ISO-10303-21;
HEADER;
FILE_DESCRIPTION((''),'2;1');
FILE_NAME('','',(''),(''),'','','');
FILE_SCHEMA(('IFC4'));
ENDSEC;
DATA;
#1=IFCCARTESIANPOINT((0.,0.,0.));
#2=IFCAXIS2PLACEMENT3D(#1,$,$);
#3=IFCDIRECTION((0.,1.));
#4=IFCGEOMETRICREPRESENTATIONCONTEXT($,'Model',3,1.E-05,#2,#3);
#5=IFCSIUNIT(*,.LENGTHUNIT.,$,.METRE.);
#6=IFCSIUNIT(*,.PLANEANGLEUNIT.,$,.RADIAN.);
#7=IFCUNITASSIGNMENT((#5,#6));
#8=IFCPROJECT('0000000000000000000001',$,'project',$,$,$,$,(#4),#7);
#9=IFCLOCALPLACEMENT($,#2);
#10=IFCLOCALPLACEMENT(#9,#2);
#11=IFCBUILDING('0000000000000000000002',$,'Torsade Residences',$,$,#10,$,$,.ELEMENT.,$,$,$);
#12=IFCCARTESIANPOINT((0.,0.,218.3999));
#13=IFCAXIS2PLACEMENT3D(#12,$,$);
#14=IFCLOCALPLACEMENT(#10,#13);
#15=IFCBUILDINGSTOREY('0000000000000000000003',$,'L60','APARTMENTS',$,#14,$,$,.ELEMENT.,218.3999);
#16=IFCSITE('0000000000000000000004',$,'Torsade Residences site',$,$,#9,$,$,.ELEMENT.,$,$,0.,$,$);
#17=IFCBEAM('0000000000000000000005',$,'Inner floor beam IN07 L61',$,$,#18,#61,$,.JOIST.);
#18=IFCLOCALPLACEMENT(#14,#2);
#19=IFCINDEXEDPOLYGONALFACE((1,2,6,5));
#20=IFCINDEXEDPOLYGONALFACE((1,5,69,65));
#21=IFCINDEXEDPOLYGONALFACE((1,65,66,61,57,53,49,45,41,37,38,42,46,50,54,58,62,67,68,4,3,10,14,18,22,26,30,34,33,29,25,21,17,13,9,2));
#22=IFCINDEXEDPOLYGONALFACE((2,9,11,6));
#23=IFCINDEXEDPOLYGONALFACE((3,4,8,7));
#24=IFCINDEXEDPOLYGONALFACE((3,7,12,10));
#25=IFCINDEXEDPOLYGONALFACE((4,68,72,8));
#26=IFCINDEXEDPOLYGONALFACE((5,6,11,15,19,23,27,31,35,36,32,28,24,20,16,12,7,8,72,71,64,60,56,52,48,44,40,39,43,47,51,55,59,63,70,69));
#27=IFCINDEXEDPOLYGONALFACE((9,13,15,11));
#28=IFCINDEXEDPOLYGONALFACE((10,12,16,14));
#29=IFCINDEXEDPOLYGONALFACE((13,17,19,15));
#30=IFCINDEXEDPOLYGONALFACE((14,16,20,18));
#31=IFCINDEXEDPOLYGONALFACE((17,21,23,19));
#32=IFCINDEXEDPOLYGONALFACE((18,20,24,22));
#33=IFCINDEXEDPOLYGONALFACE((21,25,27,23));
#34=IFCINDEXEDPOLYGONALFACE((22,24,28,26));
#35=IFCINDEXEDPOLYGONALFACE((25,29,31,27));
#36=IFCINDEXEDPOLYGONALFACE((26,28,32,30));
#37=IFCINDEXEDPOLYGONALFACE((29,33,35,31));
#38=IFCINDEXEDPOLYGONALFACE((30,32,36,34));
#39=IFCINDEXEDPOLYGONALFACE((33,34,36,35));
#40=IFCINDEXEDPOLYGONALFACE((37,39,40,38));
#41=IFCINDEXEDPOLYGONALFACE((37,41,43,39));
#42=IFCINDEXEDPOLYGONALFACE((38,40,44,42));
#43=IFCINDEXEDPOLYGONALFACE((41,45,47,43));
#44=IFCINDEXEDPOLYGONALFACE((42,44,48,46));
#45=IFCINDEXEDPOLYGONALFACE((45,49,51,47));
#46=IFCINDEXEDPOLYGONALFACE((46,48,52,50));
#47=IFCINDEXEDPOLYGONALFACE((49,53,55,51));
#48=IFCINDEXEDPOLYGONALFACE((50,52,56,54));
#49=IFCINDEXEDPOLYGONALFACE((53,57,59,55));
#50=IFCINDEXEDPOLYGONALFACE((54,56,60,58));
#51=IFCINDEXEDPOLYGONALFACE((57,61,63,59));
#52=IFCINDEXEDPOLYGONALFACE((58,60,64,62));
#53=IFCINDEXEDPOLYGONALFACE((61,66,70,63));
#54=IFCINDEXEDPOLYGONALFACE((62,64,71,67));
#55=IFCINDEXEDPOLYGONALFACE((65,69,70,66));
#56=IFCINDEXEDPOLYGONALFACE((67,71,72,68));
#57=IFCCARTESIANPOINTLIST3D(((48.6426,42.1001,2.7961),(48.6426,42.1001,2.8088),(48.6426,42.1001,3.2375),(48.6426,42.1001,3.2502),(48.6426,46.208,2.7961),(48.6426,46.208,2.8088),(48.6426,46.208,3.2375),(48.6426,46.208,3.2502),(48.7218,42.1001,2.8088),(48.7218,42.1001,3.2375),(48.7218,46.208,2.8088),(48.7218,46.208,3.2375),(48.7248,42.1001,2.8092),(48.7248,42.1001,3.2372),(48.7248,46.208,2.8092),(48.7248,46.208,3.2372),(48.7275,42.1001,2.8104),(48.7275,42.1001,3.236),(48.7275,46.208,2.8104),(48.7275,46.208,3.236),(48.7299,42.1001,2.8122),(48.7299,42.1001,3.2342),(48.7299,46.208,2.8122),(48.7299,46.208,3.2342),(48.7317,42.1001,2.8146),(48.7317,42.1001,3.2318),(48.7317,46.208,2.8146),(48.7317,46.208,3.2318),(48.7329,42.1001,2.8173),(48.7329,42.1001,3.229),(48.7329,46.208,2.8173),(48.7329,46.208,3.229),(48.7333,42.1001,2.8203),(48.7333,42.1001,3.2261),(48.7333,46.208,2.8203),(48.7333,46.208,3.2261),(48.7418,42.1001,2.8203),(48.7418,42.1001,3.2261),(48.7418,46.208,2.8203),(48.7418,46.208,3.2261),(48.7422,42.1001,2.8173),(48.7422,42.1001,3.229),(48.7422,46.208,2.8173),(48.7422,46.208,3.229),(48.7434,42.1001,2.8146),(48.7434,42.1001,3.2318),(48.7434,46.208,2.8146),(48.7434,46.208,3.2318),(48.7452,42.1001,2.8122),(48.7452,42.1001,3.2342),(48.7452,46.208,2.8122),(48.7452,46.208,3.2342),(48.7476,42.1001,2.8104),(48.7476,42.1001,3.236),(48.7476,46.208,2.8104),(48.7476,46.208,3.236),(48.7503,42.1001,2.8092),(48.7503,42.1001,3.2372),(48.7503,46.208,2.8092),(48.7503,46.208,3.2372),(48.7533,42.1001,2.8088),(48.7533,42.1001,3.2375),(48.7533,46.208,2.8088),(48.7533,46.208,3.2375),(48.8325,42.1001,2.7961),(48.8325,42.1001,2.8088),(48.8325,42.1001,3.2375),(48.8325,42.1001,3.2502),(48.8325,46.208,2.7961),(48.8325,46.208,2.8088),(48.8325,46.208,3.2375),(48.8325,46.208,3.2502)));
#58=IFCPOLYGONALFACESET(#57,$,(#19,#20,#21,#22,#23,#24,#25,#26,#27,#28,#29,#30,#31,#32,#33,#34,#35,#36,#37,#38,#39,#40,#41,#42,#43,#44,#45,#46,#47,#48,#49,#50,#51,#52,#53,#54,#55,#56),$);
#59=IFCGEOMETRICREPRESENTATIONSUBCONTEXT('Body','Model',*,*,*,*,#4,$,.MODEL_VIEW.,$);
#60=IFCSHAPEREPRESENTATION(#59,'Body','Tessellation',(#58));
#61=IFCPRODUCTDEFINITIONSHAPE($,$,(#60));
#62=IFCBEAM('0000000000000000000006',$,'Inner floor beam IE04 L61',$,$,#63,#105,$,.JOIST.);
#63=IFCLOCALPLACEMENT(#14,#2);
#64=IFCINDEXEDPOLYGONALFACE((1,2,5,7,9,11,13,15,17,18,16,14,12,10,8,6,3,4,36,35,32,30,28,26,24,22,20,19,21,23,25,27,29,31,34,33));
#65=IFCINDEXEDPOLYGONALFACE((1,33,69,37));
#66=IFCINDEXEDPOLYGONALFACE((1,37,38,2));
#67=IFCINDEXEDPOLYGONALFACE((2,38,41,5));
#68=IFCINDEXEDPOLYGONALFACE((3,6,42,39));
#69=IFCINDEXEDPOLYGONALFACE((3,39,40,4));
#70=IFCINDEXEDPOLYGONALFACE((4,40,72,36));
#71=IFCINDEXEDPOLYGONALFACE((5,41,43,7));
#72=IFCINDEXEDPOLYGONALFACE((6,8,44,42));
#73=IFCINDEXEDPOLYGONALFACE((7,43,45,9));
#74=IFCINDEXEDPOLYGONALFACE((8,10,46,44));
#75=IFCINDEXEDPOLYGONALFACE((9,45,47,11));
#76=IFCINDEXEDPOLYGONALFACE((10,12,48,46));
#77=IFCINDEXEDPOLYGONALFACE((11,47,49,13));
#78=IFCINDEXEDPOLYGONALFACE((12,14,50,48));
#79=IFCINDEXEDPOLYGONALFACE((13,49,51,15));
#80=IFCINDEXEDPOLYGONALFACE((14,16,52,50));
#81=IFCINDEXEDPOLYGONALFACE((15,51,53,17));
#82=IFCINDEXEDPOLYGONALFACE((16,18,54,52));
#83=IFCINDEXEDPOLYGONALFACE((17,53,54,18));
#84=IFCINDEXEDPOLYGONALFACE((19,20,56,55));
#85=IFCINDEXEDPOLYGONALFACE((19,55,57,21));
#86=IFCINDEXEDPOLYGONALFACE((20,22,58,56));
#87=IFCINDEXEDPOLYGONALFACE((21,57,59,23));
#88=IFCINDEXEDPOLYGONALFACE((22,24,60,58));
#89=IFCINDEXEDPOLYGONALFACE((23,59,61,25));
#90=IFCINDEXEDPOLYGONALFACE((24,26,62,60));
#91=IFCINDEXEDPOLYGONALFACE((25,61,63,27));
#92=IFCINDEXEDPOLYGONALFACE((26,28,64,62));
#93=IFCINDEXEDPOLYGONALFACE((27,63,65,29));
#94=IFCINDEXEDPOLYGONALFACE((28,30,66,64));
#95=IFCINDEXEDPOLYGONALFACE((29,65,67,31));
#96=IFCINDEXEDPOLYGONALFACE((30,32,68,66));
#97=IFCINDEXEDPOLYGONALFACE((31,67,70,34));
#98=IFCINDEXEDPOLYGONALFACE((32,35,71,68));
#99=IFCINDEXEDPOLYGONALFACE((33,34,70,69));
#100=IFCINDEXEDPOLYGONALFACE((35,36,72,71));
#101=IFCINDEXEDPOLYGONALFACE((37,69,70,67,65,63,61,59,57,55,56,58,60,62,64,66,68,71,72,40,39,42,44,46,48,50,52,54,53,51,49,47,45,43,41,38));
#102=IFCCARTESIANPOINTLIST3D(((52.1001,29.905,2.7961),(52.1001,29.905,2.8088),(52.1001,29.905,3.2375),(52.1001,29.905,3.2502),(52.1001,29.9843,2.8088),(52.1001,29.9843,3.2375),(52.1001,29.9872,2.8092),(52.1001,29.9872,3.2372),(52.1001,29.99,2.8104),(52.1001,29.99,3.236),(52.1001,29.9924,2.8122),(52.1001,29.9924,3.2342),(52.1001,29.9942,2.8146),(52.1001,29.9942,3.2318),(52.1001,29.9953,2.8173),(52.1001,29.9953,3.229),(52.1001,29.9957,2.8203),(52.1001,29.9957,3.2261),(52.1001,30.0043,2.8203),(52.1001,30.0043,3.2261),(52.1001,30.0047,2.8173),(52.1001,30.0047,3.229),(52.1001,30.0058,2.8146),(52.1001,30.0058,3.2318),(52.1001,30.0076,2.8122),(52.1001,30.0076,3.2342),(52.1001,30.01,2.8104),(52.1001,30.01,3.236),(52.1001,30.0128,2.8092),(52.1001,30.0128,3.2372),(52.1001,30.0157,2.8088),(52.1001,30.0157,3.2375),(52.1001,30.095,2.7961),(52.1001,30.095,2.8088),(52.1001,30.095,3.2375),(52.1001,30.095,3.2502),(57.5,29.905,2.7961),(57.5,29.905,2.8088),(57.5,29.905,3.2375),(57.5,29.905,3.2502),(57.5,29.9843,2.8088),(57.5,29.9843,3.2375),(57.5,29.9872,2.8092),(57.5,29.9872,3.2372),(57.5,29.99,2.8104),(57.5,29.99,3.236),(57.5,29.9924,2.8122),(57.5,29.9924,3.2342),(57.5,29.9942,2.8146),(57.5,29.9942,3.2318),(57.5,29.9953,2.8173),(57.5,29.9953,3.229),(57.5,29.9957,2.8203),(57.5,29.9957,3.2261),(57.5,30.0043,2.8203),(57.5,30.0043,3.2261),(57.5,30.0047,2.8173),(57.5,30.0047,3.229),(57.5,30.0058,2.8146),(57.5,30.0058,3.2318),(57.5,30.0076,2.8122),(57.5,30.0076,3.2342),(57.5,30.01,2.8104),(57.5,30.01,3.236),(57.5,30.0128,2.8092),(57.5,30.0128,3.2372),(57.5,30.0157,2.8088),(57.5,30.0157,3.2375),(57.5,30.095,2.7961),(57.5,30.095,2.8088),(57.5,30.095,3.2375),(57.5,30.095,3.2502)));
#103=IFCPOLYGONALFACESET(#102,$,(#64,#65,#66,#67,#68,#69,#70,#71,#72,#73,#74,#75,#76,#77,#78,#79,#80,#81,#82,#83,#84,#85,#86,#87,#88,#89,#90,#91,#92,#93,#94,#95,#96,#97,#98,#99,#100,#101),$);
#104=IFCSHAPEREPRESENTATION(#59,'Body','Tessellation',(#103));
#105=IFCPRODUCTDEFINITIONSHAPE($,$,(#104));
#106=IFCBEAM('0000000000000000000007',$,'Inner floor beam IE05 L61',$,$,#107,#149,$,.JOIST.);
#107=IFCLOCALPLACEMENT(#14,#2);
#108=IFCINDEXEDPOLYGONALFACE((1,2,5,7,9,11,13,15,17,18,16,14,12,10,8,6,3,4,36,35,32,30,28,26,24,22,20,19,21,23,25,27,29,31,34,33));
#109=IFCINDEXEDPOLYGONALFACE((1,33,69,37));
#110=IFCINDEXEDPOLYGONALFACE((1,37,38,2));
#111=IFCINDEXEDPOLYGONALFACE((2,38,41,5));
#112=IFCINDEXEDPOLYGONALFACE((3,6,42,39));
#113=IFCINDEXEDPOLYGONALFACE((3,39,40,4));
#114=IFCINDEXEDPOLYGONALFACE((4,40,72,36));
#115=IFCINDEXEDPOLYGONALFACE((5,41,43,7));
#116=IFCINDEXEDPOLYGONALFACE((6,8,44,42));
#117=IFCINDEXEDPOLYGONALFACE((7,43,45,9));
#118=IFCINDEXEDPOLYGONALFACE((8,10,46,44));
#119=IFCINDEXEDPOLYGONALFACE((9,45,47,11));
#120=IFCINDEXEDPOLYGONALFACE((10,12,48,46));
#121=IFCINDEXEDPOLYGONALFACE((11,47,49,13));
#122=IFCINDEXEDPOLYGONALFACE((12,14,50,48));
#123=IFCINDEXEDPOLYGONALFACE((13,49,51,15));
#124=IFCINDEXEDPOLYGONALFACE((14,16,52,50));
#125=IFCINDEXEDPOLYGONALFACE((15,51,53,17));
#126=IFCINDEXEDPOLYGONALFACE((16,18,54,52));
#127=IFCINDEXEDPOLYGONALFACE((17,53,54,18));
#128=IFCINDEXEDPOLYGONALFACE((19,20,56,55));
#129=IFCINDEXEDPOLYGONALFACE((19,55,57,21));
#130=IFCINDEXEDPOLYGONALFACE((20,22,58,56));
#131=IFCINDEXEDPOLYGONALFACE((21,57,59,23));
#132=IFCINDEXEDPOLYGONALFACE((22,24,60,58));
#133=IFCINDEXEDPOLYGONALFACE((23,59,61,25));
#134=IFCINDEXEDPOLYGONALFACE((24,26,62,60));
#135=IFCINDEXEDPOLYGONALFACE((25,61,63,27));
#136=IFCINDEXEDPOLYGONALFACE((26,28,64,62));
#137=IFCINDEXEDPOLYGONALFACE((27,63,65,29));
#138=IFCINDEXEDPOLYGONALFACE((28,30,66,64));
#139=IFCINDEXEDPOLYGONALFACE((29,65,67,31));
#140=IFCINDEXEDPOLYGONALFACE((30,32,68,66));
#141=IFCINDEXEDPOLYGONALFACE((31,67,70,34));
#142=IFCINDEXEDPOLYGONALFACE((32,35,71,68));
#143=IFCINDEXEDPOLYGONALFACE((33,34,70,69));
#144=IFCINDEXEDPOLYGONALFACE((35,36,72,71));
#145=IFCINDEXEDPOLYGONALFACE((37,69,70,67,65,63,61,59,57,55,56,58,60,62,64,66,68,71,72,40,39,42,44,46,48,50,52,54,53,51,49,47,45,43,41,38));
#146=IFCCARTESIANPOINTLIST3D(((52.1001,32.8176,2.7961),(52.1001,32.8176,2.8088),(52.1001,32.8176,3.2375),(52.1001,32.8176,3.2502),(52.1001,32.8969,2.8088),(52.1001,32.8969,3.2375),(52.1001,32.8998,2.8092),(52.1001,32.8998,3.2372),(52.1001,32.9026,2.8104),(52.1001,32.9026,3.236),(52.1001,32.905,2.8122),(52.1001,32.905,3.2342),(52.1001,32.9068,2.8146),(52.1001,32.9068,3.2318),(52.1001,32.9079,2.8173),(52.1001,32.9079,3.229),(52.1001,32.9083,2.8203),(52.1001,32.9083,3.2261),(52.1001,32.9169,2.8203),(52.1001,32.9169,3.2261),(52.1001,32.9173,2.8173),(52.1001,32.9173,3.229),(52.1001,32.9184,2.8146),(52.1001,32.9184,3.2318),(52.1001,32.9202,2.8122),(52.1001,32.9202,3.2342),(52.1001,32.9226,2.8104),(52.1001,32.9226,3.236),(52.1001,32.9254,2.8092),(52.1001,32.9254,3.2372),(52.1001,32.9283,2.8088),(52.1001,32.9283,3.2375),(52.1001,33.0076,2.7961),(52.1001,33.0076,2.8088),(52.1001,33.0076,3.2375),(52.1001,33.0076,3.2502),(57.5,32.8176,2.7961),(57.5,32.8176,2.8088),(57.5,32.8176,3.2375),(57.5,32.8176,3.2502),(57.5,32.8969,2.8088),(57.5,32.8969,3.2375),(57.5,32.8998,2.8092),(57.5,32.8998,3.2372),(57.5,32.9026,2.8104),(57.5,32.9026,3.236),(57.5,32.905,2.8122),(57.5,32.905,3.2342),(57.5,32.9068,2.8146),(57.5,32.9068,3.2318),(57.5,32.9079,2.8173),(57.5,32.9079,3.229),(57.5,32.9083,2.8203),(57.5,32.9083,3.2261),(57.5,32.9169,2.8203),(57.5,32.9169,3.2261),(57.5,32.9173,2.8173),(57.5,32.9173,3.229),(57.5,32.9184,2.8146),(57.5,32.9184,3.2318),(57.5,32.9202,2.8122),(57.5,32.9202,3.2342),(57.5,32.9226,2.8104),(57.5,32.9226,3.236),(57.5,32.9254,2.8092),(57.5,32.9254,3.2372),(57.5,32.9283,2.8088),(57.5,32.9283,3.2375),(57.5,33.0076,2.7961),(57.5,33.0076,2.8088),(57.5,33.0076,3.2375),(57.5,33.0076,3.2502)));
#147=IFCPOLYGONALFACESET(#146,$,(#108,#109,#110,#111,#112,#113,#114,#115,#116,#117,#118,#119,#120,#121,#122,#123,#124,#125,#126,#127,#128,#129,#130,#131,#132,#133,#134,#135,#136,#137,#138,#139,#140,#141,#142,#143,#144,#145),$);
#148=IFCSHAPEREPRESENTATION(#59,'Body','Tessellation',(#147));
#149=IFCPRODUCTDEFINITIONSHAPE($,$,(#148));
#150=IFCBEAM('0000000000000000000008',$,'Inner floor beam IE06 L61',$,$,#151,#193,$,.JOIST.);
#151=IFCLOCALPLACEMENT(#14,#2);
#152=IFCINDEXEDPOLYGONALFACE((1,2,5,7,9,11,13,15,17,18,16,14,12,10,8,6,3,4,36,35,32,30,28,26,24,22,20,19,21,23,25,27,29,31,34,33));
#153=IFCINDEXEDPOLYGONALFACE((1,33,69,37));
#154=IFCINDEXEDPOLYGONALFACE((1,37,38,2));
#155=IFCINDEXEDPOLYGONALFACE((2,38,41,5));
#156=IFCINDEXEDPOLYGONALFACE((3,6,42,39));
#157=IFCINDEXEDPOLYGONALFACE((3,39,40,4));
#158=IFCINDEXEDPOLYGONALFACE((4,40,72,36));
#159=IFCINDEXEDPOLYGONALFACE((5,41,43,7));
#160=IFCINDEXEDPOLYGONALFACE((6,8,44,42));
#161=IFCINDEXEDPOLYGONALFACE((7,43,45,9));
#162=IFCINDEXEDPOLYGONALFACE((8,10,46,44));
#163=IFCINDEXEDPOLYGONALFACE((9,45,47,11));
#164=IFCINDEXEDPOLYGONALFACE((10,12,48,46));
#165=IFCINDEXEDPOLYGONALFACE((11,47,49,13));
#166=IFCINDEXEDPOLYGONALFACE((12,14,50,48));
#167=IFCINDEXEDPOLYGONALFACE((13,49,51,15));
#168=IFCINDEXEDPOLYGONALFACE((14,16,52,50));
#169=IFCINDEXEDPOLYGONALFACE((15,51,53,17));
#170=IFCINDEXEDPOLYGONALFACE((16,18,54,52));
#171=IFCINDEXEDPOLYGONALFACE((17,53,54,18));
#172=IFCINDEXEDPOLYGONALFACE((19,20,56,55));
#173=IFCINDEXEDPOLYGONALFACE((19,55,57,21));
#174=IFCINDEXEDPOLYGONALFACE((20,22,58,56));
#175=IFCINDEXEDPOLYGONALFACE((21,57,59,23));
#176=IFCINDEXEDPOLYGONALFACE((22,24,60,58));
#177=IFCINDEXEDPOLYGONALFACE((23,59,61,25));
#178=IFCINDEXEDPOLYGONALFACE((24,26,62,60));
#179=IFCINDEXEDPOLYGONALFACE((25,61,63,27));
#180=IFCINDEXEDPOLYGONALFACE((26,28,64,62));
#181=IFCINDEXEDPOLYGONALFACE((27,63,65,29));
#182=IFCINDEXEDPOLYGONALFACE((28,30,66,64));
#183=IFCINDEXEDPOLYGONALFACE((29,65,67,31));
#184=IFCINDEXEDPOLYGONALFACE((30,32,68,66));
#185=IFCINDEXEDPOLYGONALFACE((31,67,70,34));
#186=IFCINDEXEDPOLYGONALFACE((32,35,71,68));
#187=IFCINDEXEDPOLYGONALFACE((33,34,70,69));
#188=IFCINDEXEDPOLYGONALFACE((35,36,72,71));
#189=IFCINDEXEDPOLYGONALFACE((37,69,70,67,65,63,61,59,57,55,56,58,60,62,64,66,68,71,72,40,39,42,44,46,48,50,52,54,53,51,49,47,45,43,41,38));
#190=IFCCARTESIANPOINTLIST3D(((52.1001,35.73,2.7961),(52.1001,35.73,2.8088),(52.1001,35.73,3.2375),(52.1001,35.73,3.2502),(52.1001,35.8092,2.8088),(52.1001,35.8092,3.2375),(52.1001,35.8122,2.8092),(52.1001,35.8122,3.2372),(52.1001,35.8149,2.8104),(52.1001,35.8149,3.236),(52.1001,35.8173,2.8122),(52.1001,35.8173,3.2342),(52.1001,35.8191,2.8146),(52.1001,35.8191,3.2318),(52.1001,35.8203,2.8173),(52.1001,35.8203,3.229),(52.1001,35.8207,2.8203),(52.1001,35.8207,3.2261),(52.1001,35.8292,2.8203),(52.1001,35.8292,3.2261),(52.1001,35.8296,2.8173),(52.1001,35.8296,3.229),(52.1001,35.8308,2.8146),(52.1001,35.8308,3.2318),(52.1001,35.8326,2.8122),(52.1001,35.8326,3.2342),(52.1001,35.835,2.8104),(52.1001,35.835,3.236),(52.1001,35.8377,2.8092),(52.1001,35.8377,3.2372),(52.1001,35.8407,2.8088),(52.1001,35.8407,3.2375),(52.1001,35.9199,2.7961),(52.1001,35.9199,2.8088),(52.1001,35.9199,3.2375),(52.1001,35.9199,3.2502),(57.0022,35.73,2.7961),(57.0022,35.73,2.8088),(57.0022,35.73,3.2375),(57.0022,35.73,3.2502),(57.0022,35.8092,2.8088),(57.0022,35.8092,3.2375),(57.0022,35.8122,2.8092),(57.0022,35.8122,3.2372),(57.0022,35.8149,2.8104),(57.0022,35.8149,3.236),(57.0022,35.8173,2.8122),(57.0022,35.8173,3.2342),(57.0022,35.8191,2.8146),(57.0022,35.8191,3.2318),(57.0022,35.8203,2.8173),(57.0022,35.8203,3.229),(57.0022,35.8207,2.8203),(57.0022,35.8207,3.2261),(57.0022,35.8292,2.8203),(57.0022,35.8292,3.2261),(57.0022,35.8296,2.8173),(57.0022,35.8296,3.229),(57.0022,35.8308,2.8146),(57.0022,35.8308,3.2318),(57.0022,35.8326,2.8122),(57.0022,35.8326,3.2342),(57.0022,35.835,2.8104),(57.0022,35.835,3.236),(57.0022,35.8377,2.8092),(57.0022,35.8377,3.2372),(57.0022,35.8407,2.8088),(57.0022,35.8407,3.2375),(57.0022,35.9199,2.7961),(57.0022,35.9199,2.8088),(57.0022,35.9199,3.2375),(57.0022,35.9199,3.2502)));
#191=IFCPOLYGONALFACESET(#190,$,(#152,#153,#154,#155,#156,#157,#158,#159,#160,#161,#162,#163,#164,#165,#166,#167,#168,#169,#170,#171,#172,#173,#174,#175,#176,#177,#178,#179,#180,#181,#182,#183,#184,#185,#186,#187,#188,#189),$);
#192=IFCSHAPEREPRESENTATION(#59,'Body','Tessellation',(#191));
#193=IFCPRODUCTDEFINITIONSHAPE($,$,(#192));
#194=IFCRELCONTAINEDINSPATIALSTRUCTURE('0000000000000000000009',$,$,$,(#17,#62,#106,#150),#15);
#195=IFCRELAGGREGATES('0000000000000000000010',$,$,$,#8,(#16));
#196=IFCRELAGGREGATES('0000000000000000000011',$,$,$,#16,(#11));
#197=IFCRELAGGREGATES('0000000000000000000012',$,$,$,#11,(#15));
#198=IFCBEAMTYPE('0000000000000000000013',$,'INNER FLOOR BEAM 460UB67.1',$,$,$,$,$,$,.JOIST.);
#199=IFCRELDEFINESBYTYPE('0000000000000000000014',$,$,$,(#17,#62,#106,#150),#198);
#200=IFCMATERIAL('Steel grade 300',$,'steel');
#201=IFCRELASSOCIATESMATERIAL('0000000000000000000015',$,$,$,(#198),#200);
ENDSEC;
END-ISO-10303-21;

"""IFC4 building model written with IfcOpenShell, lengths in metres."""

from ifc_helpers import new_model, si_unit, direction, frame, origin, origin_2d, place, context, subcontext, project, spatial, i_section, extrude, material, material_profile, profile_set, type_object, element, save


model = new_model("IFC4")

# Units and contexts
model_context = context("Model", 3, precision=1e-05, world=origin(), true_north=direction((0.0, 1.0)))
body_context = subcontext(model_context, "Body", "Model", "MODEL_VIEW")
ifc_project = project(units=[si_unit("LENGTHUNIT", "METRE"), si_unit("PLANEANGLEUNIT", "RADIAN")], contexts=[model_context])

# Site, building, storey
site_placement = place(None, origin())
site = spatial("IfcSite", under=ifc_project, at=site_placement, Name="Torsade Residences site", CompositionType="ELEMENT", RefElevation=0.0)
building_placement = place(site_placement, origin())
building = spatial("IfcBuilding", under=site, at=building_placement, Name="Torsade Residences", CompositionType="ELEMENT")
storey_placement = place(building_placement, frame((0.0, 0.0, 218.3999)))
storey = spatial("IfcBuildingStorey", under=building, at=storey_placement, Name="L60", Description="APARTMENTS", CompositionType="ELEMENT", Elevation=218.3999)

# Beams
ifc_material_1 = material(Name="Steel grade 300", Category="steel")
ifc_material_profile_1 = material_profile(ifc_material_1, i_section(OverallWidth=0.1899, OverallDepth=0.4541, WebThickness=0.0085, FlangeThickness=0.0127, FilletRadius=0.0115, at=origin_2d()), Name="460UB67.1")
ifc_profile_set_1 = profile_set([ifc_material_profile_1], Name="Steel grade 300")
beam_type_1 = type_object("IfcBeamType", Name="INNER FLOOR BEAM 460UB67.1", PredefinedType="JOIST", material=ifc_profile_set_1)
beam_1_placement = place(storey_placement, frame((48.7375, 42.1001, 3.0232), z_axis=(0.0, 1.0, 0.0), x_axis=(-1.0, 0.0, 0.0)))
element("IfcBeam", 1, at=beam_1_placement, inside=storey, type_object=beam_type_1, Name="Inner floor beam IN07 L61", PredefinedType="JOIST", context=body_context, shape_type="SweptSolid", body=[
    extrude(i_section(OverallWidth=0.1899, OverallDepth=0.4541, WebThickness=0.0085, FlangeThickness=0.0127, FilletRadius=0.0115, at=origin_2d()), origin(), (0.0, 0.0, 1.0), 4.1079),
])
for number, where, z_axis, x_axis, name in (
    (2, (52.1001, 30.0, 3.0232), (1.0, 0.0, 0.0), (0.0, 1.0, 0.0), "Inner floor beam IE04 L61"),
    (3, (52.1001, 32.9126, 3.0232), (1.0, 0.0, 0.0), (0.0, 1.0, 0.0), "Inner floor beam IE05 L61"),
):
    element("IfcBeam", number, at=place(storey_placement, frame(where, z_axis=z_axis, x_axis=x_axis)), inside=storey, type_object=beam_type_1, Name=name, PredefinedType="JOIST", context=body_context, shape_type="SweptSolid", body=[
        extrude(i_section(OverallWidth=0.1899, OverallDepth=0.4541, WebThickness=0.0085, FlangeThickness=0.0127, FilletRadius=0.0115, at=origin_2d()), origin(), (0.0, 0.0, 1.0), 5.3999),
    ])
beam_2_placement = place(storey_placement, frame((52.1001, 35.825, 3.0232), z_axis=(1.0, 0.0, 0.0), x_axis=(0.0, 1.0, 0.0)))
element("IfcBeam", 4, at=beam_2_placement, inside=storey, type_object=beam_type_1, Name="Inner floor beam IE06 L61", PredefinedType="JOIST", context=body_context, shape_type="SweptSolid", body=[
    extrude(i_section(OverallWidth=0.1899, OverallDepth=0.4541, WebThickness=0.0085, FlangeThickness=0.0127, FilletRadius=0.0115, at=origin_2d()), origin(), (0.0, 0.0, 1.0), 4.9021),
])

save(model, "model.ifc")
